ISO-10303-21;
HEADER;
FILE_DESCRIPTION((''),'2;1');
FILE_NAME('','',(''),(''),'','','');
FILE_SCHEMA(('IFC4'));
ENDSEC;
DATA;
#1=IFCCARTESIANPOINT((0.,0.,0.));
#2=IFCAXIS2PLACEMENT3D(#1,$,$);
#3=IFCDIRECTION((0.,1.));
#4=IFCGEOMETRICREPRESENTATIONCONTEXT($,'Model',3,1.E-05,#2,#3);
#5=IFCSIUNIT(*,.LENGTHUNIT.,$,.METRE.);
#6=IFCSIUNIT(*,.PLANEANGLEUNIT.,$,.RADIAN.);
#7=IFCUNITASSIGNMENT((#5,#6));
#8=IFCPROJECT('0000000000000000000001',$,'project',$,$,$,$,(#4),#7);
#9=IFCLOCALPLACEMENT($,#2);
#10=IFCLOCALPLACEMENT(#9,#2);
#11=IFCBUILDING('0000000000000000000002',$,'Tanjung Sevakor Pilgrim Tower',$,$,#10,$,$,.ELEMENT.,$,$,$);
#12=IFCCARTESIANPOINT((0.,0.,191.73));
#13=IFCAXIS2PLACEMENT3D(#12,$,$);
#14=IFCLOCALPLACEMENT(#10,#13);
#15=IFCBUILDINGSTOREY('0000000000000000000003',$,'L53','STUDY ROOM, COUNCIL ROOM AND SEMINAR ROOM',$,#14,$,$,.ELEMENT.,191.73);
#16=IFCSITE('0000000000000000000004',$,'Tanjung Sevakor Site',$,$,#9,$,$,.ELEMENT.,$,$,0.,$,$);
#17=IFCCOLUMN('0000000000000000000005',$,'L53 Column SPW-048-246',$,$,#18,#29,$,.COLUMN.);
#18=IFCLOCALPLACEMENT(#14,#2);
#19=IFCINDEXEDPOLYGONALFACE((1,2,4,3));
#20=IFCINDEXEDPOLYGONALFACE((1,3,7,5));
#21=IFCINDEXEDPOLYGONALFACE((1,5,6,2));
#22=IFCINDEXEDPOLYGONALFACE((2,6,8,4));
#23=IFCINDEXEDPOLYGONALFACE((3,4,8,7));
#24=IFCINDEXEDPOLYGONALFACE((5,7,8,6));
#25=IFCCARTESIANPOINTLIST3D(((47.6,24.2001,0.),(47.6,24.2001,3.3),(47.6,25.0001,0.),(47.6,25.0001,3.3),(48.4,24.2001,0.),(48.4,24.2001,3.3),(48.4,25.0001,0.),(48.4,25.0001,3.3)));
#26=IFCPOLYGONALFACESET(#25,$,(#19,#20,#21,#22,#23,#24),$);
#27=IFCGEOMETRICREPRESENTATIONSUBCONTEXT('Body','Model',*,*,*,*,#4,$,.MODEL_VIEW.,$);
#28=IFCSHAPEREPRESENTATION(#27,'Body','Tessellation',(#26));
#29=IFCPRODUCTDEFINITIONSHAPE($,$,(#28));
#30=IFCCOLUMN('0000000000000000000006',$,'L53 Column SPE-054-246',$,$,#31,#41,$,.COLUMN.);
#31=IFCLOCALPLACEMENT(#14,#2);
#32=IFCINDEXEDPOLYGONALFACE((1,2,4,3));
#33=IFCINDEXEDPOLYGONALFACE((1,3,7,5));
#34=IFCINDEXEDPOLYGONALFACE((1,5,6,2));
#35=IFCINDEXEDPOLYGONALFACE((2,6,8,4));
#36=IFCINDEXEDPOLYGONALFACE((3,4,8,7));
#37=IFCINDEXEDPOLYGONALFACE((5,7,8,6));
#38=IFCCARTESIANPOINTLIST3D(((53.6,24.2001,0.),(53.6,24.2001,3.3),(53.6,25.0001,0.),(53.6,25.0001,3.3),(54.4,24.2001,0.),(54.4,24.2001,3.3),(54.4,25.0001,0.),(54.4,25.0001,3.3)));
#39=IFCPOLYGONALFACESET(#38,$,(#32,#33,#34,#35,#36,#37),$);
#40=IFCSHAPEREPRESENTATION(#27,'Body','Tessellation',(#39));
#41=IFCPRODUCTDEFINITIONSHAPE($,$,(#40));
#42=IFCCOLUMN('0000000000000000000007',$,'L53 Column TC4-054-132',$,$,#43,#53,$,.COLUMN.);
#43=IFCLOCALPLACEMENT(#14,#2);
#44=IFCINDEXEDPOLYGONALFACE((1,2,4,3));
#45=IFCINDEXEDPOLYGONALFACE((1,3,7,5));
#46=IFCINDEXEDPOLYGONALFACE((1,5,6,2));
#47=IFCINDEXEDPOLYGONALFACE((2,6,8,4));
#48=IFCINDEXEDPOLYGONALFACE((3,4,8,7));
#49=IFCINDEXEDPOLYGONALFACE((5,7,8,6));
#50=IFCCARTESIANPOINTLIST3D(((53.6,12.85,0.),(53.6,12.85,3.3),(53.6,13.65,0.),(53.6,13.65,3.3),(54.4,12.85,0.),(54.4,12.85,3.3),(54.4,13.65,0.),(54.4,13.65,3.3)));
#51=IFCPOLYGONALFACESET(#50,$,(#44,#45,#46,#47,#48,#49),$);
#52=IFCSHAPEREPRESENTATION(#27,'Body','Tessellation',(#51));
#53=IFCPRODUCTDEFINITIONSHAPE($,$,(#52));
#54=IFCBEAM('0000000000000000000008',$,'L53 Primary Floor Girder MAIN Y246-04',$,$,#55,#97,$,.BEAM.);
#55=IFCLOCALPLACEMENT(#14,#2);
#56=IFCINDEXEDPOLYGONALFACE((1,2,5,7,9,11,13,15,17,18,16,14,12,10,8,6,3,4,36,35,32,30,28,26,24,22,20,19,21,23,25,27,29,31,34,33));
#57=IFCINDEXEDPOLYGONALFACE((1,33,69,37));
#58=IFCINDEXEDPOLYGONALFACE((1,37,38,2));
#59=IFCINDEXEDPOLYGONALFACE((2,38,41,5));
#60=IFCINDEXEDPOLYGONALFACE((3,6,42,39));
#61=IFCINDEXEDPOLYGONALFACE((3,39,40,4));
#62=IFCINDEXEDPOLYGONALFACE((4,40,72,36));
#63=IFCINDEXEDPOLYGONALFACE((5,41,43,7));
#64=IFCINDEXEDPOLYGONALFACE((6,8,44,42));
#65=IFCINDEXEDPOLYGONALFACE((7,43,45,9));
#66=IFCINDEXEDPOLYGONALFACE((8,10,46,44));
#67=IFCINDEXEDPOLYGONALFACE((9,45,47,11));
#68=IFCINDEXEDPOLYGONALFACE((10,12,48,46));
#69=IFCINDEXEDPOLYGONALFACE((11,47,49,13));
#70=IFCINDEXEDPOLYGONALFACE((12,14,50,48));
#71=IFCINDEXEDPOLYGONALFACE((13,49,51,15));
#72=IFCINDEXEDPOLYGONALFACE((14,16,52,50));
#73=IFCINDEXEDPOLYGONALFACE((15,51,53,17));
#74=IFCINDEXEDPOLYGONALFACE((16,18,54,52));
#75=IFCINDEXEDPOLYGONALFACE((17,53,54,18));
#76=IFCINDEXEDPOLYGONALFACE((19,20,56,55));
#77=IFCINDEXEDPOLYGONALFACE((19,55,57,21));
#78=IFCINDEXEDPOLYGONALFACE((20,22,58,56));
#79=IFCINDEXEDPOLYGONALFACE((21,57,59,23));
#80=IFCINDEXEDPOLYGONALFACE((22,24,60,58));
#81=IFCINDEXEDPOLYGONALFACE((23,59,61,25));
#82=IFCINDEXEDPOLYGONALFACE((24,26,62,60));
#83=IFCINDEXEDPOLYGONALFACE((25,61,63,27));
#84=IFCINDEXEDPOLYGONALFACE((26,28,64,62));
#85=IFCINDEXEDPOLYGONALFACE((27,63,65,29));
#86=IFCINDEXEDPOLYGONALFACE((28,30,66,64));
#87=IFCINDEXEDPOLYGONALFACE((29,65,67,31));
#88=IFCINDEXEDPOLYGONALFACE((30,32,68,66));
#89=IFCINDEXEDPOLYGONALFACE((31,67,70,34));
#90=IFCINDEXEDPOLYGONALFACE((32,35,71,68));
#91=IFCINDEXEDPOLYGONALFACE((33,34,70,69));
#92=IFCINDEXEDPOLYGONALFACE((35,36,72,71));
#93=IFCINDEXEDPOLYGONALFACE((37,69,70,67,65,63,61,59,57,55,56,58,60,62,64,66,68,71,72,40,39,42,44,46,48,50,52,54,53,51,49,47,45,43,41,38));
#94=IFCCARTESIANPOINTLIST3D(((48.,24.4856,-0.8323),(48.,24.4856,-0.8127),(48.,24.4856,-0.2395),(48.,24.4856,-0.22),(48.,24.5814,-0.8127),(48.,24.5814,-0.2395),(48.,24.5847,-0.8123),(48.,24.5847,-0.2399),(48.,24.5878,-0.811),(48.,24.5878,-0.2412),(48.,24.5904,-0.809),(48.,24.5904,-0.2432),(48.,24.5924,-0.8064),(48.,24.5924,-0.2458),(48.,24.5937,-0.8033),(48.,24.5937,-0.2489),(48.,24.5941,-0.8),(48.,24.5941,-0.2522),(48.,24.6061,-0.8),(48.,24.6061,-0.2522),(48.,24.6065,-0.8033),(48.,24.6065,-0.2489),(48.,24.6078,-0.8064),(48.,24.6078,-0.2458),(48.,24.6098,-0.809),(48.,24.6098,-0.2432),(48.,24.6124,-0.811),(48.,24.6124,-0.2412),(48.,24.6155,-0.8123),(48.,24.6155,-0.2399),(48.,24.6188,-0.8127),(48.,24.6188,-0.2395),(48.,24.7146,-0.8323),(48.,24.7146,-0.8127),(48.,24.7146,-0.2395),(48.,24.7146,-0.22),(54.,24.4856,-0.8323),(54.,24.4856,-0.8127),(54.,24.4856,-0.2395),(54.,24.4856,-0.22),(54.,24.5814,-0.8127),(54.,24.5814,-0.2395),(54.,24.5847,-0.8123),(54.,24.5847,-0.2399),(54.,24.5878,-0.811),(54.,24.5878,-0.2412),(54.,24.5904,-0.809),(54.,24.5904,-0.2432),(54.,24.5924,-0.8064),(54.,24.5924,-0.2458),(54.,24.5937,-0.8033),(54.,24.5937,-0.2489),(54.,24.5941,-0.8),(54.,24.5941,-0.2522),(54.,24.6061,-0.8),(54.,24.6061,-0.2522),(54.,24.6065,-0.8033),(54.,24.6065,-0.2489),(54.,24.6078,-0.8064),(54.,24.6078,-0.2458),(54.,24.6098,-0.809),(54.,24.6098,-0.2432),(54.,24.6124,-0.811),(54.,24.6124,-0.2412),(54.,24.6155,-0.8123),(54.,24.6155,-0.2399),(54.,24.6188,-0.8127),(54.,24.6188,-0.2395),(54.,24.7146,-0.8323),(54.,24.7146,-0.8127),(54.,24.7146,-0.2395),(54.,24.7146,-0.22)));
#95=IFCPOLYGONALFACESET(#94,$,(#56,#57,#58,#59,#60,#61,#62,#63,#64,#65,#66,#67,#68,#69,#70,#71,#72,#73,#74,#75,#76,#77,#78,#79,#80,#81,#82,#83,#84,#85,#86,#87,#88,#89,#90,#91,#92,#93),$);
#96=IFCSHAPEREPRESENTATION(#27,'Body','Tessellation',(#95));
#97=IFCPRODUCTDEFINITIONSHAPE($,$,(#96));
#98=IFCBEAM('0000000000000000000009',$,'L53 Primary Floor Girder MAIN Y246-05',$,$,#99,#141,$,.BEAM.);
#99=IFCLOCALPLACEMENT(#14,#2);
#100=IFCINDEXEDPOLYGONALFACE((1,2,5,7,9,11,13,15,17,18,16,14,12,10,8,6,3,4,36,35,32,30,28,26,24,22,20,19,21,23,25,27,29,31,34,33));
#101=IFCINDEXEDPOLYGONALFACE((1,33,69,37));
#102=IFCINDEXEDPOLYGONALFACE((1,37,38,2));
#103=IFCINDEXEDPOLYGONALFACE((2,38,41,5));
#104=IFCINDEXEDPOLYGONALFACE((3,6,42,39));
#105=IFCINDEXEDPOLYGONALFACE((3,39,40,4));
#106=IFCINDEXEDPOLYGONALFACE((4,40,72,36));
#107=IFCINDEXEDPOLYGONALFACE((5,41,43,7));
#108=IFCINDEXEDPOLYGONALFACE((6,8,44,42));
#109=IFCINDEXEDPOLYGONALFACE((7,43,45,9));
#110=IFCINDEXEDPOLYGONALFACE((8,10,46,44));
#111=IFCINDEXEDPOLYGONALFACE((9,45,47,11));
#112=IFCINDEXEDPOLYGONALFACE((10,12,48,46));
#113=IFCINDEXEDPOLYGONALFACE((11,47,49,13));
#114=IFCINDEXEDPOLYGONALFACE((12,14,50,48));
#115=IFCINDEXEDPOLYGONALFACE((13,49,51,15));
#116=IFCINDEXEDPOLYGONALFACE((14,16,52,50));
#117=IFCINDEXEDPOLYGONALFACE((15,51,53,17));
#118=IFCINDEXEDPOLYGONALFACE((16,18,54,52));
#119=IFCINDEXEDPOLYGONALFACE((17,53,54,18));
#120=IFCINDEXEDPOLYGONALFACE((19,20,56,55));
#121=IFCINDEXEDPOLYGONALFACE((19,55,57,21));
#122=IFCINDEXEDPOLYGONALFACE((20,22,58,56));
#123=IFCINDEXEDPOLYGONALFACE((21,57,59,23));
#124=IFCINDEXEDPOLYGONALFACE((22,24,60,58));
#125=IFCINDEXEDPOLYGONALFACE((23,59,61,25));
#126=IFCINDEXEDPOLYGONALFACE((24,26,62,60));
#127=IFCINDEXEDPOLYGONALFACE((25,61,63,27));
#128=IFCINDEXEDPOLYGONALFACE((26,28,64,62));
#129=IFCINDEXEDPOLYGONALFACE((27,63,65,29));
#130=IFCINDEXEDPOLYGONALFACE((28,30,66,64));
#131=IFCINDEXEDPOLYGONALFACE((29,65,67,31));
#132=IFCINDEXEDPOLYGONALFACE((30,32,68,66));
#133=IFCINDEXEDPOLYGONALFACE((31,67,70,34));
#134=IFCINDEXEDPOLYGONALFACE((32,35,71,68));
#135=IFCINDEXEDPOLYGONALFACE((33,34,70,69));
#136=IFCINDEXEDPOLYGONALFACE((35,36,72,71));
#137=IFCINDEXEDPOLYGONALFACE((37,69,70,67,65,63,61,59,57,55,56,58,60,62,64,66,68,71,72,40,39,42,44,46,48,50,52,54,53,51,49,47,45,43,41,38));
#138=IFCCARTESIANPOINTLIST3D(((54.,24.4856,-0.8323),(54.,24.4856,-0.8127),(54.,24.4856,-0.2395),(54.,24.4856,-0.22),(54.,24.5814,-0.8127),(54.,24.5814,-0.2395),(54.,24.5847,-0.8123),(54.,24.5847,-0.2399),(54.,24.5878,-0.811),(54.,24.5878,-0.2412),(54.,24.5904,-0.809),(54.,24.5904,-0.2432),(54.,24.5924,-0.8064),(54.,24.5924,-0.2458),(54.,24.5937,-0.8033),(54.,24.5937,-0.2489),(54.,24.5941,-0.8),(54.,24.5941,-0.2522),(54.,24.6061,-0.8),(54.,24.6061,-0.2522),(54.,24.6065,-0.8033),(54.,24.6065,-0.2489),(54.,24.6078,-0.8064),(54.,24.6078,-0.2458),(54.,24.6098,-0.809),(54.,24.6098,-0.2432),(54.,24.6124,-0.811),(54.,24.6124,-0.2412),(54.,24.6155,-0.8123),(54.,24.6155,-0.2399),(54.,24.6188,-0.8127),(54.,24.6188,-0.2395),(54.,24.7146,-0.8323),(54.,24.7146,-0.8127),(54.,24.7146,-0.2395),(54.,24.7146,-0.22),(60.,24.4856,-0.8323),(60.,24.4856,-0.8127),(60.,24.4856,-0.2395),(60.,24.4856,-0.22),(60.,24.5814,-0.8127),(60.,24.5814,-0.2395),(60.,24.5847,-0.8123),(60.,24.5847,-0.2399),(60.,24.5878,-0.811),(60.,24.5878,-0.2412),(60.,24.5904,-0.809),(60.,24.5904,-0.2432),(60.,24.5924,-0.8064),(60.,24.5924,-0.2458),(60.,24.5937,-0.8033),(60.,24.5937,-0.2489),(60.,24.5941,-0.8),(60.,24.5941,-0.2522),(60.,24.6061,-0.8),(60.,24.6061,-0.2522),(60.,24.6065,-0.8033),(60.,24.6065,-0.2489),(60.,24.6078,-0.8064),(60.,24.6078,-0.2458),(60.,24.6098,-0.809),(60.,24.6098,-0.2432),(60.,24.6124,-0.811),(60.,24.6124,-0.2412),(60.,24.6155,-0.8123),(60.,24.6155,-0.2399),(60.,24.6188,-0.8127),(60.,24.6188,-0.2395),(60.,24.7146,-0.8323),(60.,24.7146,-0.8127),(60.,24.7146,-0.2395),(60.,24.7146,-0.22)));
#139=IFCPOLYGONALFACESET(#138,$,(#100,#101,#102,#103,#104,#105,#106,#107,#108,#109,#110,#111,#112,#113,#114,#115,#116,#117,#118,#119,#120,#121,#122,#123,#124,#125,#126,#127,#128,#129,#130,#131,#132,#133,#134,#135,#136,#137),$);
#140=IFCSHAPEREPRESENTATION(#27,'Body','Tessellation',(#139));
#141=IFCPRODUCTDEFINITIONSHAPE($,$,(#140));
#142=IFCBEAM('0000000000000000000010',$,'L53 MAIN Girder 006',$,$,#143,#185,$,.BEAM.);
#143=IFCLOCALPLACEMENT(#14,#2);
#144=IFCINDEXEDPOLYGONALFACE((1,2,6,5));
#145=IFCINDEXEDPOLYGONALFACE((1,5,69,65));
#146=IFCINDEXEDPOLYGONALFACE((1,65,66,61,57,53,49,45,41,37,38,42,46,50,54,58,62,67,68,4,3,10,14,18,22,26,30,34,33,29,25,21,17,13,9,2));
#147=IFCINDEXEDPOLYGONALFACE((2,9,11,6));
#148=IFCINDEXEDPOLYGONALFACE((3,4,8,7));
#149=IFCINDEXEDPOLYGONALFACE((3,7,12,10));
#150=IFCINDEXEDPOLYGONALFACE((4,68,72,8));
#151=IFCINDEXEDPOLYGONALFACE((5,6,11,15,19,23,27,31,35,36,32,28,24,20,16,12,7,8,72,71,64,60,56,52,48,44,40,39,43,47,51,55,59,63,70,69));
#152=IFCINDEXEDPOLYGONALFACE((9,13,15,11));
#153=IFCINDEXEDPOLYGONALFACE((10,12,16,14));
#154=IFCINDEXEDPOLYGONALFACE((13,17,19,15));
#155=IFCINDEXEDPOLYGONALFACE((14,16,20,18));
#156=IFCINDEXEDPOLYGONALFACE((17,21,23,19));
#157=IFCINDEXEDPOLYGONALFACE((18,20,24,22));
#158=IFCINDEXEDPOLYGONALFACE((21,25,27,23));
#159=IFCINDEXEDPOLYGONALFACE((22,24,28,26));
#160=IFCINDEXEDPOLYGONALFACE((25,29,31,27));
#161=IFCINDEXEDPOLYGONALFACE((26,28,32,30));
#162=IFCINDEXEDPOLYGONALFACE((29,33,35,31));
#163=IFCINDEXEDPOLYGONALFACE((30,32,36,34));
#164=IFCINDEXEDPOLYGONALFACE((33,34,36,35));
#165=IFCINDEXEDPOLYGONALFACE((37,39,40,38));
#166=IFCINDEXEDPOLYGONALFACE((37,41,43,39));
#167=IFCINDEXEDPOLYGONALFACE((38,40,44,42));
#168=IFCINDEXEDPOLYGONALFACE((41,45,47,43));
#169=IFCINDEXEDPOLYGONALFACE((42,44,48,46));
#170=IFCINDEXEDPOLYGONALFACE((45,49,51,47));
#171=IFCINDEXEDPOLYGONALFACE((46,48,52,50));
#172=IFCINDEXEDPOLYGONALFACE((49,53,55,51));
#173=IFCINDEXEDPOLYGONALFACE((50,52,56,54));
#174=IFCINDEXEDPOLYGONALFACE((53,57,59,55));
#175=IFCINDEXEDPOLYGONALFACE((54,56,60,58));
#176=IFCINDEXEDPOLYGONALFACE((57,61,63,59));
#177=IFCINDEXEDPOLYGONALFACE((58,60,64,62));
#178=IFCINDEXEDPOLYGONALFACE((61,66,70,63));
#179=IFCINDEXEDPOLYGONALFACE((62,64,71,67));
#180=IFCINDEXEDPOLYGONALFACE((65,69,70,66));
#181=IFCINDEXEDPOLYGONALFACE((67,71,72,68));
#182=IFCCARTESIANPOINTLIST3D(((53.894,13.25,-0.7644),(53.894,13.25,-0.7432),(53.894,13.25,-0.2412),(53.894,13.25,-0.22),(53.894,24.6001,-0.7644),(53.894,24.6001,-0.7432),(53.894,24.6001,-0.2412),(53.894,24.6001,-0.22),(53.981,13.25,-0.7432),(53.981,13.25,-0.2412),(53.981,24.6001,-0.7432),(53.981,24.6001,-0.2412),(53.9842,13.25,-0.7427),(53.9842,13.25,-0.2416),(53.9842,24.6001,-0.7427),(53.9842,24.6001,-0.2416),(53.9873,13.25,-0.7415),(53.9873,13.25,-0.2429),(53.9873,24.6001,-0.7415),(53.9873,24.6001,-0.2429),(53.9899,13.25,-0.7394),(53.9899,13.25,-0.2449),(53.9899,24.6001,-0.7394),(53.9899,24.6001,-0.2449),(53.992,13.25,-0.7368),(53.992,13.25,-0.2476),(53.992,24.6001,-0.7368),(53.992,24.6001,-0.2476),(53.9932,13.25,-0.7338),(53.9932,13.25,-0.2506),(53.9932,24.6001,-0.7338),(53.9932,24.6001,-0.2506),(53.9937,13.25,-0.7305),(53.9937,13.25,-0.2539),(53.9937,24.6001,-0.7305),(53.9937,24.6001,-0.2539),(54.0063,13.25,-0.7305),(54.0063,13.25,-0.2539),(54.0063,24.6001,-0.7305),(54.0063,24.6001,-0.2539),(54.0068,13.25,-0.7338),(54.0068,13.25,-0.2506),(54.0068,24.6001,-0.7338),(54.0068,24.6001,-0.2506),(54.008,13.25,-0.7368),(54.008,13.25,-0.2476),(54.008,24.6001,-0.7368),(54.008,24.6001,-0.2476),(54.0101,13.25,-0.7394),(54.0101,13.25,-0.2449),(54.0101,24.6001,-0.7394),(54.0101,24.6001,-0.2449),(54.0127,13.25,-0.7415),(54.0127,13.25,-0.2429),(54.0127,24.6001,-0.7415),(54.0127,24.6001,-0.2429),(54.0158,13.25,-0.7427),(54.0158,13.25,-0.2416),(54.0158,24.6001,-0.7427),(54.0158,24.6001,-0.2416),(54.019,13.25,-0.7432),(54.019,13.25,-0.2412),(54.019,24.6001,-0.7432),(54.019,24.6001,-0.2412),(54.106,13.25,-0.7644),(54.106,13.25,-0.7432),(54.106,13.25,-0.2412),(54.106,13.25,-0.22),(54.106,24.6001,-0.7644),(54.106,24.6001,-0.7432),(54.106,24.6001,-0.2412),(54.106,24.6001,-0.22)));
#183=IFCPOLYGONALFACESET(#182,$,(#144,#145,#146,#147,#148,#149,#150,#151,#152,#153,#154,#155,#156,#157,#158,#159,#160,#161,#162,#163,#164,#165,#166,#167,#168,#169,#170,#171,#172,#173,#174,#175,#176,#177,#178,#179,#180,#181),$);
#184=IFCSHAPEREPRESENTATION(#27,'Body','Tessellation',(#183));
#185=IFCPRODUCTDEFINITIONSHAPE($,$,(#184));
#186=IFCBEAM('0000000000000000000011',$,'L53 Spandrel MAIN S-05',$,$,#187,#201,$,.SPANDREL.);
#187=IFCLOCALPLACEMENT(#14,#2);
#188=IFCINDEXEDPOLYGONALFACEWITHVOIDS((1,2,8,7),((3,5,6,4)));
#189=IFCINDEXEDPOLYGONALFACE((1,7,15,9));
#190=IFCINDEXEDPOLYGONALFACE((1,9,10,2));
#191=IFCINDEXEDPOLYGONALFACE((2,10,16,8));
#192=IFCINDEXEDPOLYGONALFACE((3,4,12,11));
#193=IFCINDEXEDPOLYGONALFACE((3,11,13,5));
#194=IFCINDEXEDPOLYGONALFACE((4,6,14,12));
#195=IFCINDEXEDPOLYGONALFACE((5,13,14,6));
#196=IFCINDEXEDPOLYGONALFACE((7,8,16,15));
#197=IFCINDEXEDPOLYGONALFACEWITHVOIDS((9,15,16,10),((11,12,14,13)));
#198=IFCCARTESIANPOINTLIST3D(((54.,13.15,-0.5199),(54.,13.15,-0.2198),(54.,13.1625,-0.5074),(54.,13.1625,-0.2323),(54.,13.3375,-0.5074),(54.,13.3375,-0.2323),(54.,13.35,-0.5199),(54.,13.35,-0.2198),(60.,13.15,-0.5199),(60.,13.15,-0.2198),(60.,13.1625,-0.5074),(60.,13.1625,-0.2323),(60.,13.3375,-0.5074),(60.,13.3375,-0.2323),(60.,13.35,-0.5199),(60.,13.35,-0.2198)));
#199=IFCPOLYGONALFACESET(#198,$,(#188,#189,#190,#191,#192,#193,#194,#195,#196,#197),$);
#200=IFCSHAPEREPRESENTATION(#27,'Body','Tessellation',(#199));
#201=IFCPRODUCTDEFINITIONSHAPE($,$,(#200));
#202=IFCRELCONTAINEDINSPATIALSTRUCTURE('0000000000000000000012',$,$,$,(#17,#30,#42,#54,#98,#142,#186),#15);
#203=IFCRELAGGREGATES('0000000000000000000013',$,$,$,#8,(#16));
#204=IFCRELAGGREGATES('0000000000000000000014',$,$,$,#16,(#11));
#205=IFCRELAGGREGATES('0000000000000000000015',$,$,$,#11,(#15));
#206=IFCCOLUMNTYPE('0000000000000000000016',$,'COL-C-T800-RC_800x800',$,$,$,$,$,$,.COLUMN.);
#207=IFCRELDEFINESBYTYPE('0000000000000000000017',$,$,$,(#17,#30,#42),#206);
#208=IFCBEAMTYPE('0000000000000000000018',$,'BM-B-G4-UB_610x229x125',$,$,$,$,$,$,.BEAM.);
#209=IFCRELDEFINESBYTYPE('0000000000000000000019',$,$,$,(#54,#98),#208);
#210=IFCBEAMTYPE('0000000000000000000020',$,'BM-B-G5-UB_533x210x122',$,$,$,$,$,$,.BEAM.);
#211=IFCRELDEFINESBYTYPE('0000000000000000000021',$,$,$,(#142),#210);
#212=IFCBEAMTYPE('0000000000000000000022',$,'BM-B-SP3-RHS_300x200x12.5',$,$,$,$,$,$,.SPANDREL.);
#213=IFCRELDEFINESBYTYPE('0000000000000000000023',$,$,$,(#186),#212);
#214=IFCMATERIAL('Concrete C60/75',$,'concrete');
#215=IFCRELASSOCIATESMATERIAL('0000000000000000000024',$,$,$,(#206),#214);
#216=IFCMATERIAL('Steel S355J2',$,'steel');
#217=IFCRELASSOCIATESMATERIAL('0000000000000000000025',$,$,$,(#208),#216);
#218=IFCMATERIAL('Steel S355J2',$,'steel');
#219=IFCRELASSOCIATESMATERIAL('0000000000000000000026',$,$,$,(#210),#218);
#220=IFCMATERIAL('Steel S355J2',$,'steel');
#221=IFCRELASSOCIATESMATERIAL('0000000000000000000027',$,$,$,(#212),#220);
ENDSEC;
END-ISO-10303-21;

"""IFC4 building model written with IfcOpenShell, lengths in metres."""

from ifc_helpers import new_model, si_unit, direction, frame, origin, origin_2d, place, context, subcontext, project, spatial, rectangle, hollow_rectangle, i_section, extrude, material, material_profile, profile_set, type_object, element, save


model = new_model("IFC4")

# Units and contexts
model_context = context("Model", 3, precision=1e-05, world=origin(), true_north=direction((0.0, 1.0)))
body_context = subcontext(model_context, "Body", "Model", "MODEL_VIEW")
ifc_project = project(units=[si_unit("LENGTHUNIT", "METRE"), si_unit("PLANEANGLEUNIT", "RADIAN")], contexts=[model_context])

# Site, building, storey
site_placement = place(None, origin())
site = spatial("IfcSite", under=ifc_project, at=site_placement, Name="Tanjung Sevakor Site", CompositionType="ELEMENT", RefElevation=0.0)
building_placement = place(site_placement, origin())
building = spatial("IfcBuilding", under=site, at=building_placement, Name="Tanjung Sevakor Pilgrim Tower", CompositionType="ELEMENT")
storey_placement = place(building_placement, frame((0.0, 0.0, 191.73)))
storey = spatial("IfcBuildingStorey", under=building, at=storey_placement, Name="L53", Description="STUDY ROOM, COUNCIL ROOM AND SEMINAR ROOM", CompositionType="ELEMENT", Elevation=191.73)

# Columns
ifc_material_1 = material(Name="Concrete C60/75", Category="concrete")
ifc_material_profile_1 = material_profile(ifc_material_1, rectangle(XDim=0.8, YDim=0.8, at=origin_2d()))
ifc_profile_set_1 = profile_set([ifc_material_profile_1], Name="Concrete C60/75")
column_type = type_object("IfcColumnType", Name="COL-C-T800-RC_800x800", PredefinedType="COLUMN", material=ifc_profile_set_1)
for number, where, z_axis, x_axis, name in (
    (1, (48.0, 24.6001, 0.0), (0.0, 0.0, 1.0), (1.0, 0.0, 0.0), "L53 Column SPW-048-246"),
    (2, (54.0, 24.6001, 0.0), (0.0, 0.0, 1.0), (1.0, 0.0, 0.0), "L53 Column SPE-054-246"),
    (3, (54.0, 13.25, 0.0), (0.0, 0.0, 1.0), (1.0, 0.0, 0.0), "L53 Column TC4-054-132"),
):
    element("IfcColumn", number, at=place(storey_placement, frame(where, z_axis=z_axis, x_axis=x_axis)), inside=storey, type_object=column_type, Name=name, PredefinedType="COLUMN", context=body_context, shape_type="SweptSolid", body=[
        extrude(rectangle(XDim=0.8, YDim=0.8, at=origin_2d()), origin(), (0.0, 0.0, 1.0), 3.3),
    ])

# Beams
ifc_material_2 = material(Name="Steel S355J2", Category="steel")
ifc_material_profile_2 = material_profile(ifc_material_2, i_section(OverallWidth=0.229, OverallDepth=0.6123, WebThickness=0.012, FlangeThickness=0.0195, FilletRadius=0.0127, at=origin_2d()))
ifc_profile_set_2 = profile_set([ifc_material_profile_2], Name="Steel S355J2")
beam_type_1 = type_object("IfcBeamType", Name="BM-B-G4-UB_610x229x125", PredefinedType="BEAM", material=ifc_profile_set_2)
for number, where, z_axis, x_axis, name in (
    (4, (48.0, 24.6001, -0.5261), (1.0, 0.0, 0.0), (0.0, 1.0, 0.0), "L53 Primary Floor Girder MAIN Y246-04"),
    (5, (54.0, 24.6001, -0.5261), (1.0, 0.0, 0.0), (0.0, 1.0, 0.0), "L53 Primary Floor Girder MAIN Y246-05"),
):
    element("IfcBeam", number, at=place(storey_placement, frame(where, z_axis=z_axis, x_axis=x_axis)), inside=storey, type_object=beam_type_1, Name=name, PredefinedType="BEAM", context=body_context, shape_type="SweptSolid", body=[
        extrude(i_section(OverallWidth=0.229, OverallDepth=0.6123, WebThickness=0.012, FlangeThickness=0.0195, FilletRadius=0.0127, at=origin_2d()), origin(), (0.0, 0.0, 1.0), 6.0),
    ])
ifc_material_3 = material(Name="Steel S355J2", Category="steel")
ifc_material_profile_3 = material_profile(ifc_material_3, i_section(OverallWidth=0.2119, OverallDepth=0.5444, WebThickness=0.0127, FlangeThickness=0.0212, FilletRadius=0.0127, at=origin_2d()))
ifc_profile_set_3 = profile_set([ifc_material_profile_3], Name="Steel S355J2")
beam_type_2 = type_object("IfcBeamType", Name="BM-B-G5-UB_533x210x122", PredefinedType="BEAM", material=ifc_profile_set_3)
beam_1_placement = place(storey_placement, frame((54.0, 13.25, -0.4922), z_axis=(0.0, 1.0, 0.0), x_axis=(-1.0, 0.0, 0.0)))
element("IfcBeam", 6, at=beam_1_placement, inside=storey, type_object=beam_type_2, Name="L53 MAIN Girder 006", PredefinedType="BEAM", context=body_context, shape_type="SweptSolid", body=[
    extrude(i_section(OverallWidth=0.2119, OverallDepth=0.5444, WebThickness=0.0127, FlangeThickness=0.0212, FilletRadius=0.0127, at=origin_2d()), origin(), (0.0, 0.0, 1.0), 11.3501),
])
ifc_material_4 = material(Name="Steel S355J2", Category="steel")
ifc_material_profile_4 = material_profile(ifc_material_4, hollow_rectangle(XDim=0.2, YDim=0.3, WallThickness=0.0125, at=origin_2d()))
ifc_profile_set_4 = profile_set([ifc_material_profile_4], Name="Steel S355J2")
beam_type_3 = type_object("IfcBeamType", Name="BM-B-SP3-RHS_300x200x12.5", PredefinedType="SPANDREL", material=ifc_profile_set_4)
beam_2_placement = place(storey_placement, frame((54.0, 13.25, -0.3699), z_axis=(1.0, 0.0, 0.0), x_axis=(0.0, 1.0, 0.0)))
element("IfcBeam", 7, at=beam_2_placement, inside=storey, type_object=beam_type_3, Name="L53 Spandrel MAIN S-05", PredefinedType="SPANDREL", context=body_context, shape_type="SweptSolid", body=[
    extrude(hollow_rectangle(XDim=0.2, YDim=0.3, WallThickness=0.0125, at=origin_2d()), origin(), (0.0, 0.0, 1.0), 6.0),
])

save(model, "model.ifc")
